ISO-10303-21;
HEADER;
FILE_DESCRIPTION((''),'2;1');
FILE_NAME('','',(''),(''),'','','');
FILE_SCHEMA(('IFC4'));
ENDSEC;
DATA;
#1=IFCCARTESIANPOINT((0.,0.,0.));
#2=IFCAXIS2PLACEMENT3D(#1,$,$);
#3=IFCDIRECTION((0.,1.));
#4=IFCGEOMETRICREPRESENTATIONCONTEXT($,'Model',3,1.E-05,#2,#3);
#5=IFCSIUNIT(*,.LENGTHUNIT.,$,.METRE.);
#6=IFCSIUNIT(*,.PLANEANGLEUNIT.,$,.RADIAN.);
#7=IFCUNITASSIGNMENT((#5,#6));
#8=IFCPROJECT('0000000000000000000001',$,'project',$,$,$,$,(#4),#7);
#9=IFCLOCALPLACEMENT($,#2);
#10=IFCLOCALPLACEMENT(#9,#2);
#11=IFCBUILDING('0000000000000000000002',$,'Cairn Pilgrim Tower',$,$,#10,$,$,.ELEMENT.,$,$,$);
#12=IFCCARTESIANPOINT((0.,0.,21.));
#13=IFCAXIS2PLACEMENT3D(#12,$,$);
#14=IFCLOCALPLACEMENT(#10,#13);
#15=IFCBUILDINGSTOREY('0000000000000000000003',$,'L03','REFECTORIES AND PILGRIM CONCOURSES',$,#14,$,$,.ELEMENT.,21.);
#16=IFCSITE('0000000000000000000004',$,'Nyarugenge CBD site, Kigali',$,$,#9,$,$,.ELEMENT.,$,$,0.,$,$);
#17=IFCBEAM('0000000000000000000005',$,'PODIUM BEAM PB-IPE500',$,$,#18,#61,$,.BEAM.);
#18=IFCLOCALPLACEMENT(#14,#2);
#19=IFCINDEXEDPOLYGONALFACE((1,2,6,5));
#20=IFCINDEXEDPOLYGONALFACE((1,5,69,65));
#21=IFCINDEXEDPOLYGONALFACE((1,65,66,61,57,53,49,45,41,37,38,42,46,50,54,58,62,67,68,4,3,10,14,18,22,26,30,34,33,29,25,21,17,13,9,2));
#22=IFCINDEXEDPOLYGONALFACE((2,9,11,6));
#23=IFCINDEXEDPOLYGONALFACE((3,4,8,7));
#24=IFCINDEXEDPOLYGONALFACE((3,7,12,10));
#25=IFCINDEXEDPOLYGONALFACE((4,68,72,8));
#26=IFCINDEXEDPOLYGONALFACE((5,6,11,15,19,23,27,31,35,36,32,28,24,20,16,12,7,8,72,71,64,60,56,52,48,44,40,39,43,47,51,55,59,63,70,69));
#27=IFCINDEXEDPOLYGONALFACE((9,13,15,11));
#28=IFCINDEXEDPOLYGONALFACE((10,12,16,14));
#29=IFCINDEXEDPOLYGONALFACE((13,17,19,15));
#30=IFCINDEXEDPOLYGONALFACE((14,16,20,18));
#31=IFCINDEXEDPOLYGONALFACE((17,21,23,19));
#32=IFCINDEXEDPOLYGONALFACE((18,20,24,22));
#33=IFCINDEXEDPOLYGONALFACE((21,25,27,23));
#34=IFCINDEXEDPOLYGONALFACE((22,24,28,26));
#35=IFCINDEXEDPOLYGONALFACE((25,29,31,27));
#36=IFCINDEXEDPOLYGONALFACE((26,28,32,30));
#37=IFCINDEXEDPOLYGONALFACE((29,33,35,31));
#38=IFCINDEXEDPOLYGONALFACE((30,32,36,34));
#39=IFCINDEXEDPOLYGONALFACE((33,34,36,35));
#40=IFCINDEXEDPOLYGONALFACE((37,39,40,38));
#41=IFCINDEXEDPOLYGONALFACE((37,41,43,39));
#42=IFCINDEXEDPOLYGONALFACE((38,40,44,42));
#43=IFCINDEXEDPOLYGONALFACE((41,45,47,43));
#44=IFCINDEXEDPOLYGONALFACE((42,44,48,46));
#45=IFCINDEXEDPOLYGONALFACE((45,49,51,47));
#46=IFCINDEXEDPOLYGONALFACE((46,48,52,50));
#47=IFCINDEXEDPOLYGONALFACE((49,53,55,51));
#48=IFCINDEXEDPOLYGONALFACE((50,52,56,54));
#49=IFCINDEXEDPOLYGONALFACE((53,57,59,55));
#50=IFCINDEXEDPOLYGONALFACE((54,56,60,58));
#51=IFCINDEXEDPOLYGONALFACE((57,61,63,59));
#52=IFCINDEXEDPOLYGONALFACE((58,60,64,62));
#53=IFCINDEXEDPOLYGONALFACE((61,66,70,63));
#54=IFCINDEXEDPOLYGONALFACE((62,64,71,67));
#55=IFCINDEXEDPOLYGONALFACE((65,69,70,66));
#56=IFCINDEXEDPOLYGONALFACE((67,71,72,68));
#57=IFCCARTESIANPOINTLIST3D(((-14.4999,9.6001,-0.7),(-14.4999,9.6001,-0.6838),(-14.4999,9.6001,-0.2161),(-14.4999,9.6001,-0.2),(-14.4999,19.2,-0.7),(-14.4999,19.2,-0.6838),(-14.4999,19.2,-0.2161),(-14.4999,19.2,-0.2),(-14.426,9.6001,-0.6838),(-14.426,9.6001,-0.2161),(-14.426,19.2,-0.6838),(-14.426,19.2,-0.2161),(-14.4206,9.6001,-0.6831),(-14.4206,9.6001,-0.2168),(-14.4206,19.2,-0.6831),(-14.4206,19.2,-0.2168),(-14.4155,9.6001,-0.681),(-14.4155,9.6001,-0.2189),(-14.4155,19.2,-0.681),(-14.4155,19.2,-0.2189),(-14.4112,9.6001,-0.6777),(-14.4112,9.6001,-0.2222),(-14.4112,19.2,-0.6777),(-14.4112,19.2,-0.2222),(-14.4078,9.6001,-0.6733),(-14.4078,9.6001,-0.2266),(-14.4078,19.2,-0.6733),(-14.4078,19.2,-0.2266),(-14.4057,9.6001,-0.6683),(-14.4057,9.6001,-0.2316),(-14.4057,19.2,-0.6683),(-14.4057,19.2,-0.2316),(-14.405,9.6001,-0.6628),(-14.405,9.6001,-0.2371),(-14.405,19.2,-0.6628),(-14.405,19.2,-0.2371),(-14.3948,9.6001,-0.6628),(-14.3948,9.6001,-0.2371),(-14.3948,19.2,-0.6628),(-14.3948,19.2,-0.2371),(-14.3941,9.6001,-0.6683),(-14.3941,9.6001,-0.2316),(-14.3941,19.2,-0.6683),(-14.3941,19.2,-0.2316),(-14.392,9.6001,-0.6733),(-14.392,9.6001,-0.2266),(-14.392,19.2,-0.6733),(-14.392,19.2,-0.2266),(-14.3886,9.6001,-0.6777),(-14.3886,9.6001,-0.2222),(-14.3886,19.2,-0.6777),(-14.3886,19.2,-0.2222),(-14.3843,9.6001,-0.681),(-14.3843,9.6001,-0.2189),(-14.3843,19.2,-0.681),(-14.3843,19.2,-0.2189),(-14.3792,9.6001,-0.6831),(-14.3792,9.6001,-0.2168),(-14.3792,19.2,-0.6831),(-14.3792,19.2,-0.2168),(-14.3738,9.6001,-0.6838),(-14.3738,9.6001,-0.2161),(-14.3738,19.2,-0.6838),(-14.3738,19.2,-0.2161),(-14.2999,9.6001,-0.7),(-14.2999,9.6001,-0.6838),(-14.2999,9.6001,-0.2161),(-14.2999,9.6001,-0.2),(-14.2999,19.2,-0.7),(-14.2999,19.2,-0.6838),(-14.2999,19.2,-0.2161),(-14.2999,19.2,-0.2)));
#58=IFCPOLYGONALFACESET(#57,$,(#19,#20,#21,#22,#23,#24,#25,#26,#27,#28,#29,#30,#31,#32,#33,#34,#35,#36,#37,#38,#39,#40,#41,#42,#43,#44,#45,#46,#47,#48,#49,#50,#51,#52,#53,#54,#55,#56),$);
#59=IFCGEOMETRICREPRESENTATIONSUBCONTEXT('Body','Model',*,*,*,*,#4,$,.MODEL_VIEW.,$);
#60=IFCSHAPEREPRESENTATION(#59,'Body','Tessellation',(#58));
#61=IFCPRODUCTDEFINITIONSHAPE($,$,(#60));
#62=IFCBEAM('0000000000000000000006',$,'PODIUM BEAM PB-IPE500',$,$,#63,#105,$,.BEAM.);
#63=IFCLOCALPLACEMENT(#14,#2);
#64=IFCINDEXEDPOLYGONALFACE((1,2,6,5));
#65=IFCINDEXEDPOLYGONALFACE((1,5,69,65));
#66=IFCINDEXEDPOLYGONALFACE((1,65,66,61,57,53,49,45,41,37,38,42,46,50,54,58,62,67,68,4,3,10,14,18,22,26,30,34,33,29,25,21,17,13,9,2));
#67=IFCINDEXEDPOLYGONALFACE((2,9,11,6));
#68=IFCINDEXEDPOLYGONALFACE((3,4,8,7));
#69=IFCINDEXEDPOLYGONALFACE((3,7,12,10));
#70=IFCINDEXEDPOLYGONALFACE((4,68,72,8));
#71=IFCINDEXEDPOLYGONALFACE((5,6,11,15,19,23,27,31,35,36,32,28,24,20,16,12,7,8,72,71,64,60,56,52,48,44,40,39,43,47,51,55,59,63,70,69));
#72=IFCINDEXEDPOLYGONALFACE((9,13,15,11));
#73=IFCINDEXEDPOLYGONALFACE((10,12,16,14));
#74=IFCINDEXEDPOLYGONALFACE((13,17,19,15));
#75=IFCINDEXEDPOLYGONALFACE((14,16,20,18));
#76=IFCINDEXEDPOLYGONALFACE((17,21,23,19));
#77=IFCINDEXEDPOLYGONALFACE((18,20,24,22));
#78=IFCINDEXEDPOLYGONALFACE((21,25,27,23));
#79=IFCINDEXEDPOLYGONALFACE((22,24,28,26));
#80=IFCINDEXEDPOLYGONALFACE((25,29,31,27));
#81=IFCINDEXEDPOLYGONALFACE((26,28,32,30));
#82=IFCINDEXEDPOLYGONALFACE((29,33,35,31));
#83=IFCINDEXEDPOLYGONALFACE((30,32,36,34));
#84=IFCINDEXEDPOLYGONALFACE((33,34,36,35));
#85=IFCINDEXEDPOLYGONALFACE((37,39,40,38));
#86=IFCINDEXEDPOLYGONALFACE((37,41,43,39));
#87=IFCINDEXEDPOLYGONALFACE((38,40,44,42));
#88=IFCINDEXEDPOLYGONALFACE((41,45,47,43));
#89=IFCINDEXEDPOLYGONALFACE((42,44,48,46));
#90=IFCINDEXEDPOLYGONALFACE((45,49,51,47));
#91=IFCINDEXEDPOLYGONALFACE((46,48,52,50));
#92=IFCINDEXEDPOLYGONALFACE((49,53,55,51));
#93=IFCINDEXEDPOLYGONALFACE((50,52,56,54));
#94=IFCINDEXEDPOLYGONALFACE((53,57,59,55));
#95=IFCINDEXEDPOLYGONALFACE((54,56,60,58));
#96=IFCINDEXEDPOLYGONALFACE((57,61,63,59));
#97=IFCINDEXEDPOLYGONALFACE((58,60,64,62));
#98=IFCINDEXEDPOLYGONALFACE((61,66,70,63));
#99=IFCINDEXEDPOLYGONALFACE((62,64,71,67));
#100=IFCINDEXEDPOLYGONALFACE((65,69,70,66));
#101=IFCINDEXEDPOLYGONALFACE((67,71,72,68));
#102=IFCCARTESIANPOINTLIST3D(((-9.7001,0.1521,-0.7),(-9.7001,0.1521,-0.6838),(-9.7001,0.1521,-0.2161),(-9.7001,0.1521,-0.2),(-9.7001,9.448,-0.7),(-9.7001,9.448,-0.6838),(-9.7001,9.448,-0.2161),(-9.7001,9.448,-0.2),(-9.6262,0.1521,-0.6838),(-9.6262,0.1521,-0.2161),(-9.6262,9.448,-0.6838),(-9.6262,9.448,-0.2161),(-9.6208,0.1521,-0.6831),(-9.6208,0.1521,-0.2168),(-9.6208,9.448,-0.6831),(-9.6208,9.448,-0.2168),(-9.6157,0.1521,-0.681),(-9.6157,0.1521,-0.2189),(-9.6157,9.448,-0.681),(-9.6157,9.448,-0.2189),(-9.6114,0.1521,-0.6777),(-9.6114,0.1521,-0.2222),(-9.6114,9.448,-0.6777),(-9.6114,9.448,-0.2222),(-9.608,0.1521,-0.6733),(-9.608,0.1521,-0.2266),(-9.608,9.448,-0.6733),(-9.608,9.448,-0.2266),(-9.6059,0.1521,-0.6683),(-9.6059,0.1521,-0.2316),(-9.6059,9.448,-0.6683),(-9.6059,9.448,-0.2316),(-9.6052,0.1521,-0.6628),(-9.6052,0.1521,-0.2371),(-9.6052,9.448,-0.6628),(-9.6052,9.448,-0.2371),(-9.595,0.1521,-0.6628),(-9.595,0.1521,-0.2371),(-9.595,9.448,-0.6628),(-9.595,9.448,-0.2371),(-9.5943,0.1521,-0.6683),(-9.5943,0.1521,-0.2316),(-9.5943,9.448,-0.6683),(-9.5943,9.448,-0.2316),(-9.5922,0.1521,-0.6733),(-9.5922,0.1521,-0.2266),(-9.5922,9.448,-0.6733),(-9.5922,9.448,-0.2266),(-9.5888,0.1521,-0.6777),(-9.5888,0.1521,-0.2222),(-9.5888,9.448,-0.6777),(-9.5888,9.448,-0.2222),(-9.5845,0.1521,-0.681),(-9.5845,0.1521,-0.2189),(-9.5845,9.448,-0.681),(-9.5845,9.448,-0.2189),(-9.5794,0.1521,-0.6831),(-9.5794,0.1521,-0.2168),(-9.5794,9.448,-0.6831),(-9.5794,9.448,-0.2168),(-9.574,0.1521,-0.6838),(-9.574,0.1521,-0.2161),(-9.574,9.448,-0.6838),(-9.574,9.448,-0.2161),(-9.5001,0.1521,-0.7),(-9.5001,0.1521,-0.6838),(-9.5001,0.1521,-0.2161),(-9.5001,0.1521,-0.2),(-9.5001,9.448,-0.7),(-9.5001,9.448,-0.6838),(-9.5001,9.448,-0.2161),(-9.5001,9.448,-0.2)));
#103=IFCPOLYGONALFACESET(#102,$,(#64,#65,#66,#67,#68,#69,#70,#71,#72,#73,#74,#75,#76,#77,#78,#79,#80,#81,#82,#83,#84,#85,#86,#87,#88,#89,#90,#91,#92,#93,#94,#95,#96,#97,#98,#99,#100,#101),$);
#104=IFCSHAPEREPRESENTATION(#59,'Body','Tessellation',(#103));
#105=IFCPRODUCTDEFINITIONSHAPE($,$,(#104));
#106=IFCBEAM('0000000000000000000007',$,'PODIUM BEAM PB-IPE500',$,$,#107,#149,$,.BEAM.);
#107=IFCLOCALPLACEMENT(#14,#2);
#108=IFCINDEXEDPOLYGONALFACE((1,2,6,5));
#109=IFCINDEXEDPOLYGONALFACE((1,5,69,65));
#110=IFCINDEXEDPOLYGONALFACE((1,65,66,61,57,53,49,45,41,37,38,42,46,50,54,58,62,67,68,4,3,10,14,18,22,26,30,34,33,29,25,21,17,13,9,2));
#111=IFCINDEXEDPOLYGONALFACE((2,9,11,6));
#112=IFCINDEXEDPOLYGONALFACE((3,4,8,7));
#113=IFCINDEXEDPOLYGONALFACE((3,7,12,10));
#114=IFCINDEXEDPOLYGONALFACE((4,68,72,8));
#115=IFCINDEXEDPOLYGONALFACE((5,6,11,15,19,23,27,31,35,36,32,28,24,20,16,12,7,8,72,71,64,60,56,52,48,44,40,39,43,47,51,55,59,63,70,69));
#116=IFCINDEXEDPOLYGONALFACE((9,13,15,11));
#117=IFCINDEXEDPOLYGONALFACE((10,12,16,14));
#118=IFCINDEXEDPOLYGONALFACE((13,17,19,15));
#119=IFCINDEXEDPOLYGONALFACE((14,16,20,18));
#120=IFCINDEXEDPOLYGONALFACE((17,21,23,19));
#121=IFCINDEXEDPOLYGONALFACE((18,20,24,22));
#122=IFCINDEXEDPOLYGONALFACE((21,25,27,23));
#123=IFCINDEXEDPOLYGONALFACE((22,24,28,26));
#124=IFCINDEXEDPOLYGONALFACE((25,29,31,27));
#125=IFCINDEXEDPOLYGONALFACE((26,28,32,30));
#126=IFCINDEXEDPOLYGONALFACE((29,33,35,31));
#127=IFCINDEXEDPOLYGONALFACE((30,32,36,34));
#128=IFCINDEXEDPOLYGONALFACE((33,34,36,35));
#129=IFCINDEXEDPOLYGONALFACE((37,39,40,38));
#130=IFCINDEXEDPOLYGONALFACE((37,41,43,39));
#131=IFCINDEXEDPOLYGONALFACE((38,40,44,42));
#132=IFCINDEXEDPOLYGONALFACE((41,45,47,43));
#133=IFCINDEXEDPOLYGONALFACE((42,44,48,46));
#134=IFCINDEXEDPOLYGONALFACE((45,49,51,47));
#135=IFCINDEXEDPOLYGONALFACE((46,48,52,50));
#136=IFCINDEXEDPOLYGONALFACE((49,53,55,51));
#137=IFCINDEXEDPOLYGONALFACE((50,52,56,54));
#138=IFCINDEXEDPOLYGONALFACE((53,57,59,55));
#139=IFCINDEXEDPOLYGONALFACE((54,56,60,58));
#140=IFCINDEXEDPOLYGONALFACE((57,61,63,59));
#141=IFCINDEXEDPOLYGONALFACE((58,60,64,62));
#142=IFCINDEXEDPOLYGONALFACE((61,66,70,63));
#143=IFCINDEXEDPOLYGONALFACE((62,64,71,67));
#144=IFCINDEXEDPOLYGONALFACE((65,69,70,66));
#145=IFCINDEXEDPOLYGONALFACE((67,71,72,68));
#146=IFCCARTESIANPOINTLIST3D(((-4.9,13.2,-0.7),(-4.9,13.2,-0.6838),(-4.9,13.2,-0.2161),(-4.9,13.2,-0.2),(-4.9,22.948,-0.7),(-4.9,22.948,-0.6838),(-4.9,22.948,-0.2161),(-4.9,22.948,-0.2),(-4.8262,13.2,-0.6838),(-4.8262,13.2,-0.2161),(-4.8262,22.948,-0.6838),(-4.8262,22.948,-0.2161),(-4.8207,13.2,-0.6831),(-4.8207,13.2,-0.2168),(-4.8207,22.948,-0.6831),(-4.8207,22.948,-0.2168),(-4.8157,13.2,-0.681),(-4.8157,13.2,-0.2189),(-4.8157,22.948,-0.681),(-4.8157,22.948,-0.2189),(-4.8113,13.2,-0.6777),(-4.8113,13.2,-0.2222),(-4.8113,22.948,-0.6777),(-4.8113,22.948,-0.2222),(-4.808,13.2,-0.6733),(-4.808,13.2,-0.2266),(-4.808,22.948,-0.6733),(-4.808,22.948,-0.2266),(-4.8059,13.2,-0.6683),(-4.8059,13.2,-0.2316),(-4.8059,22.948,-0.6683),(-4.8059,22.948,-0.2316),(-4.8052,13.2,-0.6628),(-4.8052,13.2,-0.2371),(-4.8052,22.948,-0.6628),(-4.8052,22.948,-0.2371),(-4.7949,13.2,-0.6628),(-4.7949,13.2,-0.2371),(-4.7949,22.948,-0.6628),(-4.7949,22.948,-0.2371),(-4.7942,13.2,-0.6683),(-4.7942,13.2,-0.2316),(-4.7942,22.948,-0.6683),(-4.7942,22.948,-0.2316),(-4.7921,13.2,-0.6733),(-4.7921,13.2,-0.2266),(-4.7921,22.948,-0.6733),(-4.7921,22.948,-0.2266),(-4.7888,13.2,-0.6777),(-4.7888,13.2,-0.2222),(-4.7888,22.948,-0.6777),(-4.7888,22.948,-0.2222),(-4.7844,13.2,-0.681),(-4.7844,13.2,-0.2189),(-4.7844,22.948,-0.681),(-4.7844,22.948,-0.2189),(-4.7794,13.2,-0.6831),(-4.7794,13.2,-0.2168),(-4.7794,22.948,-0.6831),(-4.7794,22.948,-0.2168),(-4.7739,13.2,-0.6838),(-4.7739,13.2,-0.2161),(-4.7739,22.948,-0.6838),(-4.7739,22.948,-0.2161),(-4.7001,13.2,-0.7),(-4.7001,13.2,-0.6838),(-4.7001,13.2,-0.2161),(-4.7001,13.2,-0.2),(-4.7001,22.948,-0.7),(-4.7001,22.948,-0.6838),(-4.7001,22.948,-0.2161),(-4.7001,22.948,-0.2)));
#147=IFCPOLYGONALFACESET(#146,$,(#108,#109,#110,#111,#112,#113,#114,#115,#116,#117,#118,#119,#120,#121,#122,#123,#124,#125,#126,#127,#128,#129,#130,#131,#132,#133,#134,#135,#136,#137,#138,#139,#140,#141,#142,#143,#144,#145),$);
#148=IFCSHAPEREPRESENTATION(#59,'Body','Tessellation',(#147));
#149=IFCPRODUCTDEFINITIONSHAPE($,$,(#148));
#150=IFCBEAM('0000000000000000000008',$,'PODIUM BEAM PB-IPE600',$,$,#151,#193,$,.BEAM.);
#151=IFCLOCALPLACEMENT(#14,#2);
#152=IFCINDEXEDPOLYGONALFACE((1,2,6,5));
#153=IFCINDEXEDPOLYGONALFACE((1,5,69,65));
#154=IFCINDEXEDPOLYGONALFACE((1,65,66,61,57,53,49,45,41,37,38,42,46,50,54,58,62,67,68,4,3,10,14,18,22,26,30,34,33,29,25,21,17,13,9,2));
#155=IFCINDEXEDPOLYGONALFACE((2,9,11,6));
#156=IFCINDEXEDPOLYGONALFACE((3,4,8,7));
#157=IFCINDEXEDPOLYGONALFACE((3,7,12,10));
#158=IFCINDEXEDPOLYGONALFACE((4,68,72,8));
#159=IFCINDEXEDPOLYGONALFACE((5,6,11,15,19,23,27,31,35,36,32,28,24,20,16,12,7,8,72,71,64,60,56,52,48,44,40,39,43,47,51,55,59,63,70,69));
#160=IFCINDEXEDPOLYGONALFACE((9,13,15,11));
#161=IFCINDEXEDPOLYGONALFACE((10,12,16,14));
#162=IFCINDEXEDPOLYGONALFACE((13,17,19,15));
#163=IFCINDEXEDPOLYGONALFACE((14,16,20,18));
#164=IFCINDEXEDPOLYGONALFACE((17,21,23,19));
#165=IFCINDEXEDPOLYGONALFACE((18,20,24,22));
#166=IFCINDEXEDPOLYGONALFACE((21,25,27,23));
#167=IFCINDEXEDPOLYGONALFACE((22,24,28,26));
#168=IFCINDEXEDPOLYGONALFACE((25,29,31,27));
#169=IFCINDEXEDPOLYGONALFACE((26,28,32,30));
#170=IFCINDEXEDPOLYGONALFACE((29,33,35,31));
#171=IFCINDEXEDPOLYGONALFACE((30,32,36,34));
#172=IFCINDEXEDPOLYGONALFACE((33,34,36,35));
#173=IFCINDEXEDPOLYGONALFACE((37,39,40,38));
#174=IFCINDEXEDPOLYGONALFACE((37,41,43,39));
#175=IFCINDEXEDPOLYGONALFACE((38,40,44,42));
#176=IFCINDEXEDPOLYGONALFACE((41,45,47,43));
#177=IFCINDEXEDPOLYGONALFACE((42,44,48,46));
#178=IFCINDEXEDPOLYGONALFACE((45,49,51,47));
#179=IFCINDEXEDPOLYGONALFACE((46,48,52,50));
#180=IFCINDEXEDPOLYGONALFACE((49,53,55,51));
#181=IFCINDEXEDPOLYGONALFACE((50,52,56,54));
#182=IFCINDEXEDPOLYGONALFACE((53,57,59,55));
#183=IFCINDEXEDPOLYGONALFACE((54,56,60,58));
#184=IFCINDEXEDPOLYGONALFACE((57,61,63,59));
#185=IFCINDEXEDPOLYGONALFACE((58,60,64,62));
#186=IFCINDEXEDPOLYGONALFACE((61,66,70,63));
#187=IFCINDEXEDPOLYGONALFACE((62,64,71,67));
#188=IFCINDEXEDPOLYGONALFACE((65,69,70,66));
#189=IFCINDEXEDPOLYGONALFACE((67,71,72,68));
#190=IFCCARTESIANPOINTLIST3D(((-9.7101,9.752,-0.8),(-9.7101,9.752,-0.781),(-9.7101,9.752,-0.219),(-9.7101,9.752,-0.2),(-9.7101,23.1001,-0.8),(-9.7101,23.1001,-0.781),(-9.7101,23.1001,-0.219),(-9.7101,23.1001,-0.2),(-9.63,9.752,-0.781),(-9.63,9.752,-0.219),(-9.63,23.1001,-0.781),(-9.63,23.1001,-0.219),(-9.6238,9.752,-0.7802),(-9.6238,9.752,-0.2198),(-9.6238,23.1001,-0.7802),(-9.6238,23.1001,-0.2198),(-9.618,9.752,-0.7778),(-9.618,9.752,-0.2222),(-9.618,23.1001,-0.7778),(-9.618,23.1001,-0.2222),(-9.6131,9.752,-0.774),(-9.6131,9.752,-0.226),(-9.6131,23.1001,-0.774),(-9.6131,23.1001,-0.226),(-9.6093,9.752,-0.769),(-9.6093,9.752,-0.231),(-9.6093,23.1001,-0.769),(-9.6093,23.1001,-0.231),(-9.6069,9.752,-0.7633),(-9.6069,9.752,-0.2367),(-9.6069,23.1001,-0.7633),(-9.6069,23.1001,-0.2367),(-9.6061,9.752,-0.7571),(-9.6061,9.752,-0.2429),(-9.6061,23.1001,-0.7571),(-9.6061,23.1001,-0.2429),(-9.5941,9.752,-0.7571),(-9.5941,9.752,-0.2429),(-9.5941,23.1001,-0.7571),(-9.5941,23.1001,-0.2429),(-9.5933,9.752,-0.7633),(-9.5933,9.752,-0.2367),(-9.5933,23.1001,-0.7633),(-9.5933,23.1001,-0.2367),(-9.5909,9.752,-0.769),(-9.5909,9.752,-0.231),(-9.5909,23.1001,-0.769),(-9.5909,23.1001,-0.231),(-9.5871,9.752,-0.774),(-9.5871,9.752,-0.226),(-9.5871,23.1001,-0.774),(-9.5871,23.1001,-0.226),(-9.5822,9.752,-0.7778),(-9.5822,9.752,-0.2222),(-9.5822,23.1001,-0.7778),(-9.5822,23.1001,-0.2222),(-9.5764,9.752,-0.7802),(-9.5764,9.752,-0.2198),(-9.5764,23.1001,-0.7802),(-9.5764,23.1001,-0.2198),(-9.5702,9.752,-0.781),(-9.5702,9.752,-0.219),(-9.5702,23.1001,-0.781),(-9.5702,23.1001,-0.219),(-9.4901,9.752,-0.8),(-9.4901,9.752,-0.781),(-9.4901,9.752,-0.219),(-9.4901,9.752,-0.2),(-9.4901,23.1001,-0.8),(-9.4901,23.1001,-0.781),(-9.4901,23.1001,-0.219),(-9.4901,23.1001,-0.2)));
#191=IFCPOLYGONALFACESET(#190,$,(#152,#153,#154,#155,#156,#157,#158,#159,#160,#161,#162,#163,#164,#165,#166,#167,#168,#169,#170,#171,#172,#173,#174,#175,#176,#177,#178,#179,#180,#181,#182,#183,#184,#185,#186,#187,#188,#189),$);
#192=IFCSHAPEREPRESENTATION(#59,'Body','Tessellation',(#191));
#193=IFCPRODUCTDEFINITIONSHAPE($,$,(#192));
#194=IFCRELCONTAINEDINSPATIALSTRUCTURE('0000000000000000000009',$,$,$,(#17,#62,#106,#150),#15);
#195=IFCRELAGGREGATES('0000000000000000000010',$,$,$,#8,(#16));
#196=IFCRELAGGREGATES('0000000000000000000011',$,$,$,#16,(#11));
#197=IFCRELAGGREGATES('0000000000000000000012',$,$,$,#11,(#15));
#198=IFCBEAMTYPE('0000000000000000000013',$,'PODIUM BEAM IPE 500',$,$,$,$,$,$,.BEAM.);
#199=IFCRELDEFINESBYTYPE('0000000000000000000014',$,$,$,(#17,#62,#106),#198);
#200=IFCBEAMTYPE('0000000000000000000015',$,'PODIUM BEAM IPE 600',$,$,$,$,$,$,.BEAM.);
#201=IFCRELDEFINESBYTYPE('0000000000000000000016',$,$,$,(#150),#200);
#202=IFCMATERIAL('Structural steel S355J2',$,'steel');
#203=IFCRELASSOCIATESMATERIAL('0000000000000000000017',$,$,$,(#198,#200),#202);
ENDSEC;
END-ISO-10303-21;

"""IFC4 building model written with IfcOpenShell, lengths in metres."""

from ifc_helpers import new_model, si_unit, direction, frame, origin, origin_2d, place, context, subcontext, project, spatial, i_section, extrude, material, material_profile, profile_set, type_object, element, save


model = new_model("IFC4")

# Units and contexts
model_context = context("Model", 3, precision=1e-05, world=origin(), true_north=direction((0.0, 1.0)))
body_context = subcontext(model_context, "Body", "Model", "MODEL_VIEW")
ifc_project = project(units=[si_unit("LENGTHUNIT", "METRE"), si_unit("PLANEANGLEUNIT", "RADIAN")], contexts=[model_context])

# Site, building, storey
site_placement = place(None, origin())
site = spatial("IfcSite", under=ifc_project, at=site_placement, Name="Nyarugenge CBD site, Kigali", CompositionType="ELEMENT", RefElevation=0.0)
building_placement = place(site_placement, origin())
building = spatial("IfcBuilding", under=site, at=building_placement, Name="Cairn Pilgrim Tower", CompositionType="ELEMENT")
storey_placement = place(building_placement, frame((0.0, 0.0, 21.0)))
storey = spatial("IfcBuildingStorey", under=building, at=storey_placement, Name="L03", Description="REFECTORIES AND PILGRIM CONCOURSES", CompositionType="ELEMENT", Elevation=21.0)

# Beams
ifc_material_1 = material(Name="Structural steel S355J2", Category="steel")
ifc_material_profile_1 = material_profile(ifc_material_1, i_section(OverallWidth=0.2, OverallDepth=0.5, WebThickness=0.0103, FlangeThickness=0.0161, FilletRadius=0.021, at=origin_2d()), Name="IPE 500")
ifc_profile_set_1 = profile_set([ifc_material_profile_1], Name="Structural steel S355J2")
beam_type_1 = type_object("IfcBeamType", Name="PODIUM BEAM IPE 500", PredefinedType="BEAM", material=ifc_profile_set_1)
beam_1_placement = place(storey_placement, frame((-14.3999, 9.6001, -0.45), z_axis=(0.0, 1.0, 0.0), x_axis=(-1.0, 0.0, 0.0)))
element("IfcBeam", 1, at=beam_1_placement, inside=storey, type_object=beam_type_1, Name="PODIUM BEAM PB-IPE500", PredefinedType="BEAM", context=body_context, shape_type="SweptSolid", body=[
    extrude(i_section(OverallWidth=0.2, OverallDepth=0.5, WebThickness=0.0103, FlangeThickness=0.0161, FilletRadius=0.021, at=origin_2d()), origin(), (0.0, 0.0, 1.0), 9.5999),
])
beam_2_placement = place(storey_placement, frame((-9.6001, 0.1521, -0.45), z_axis=(0.0, 1.0, 0.0), x_axis=(-1.0, 0.0, 0.0)))
element("IfcBeam", 2, at=beam_2_placement, inside=storey, type_object=beam_type_1, Name="PODIUM BEAM PB-IPE500", PredefinedType="BEAM", context=body_context, shape_type="SweptSolid", body=[
    extrude(i_section(OverallWidth=0.2, OverallDepth=0.5, WebThickness=0.0103, FlangeThickness=0.0161, FilletRadius=0.021, at=origin_2d()), origin(), (0.0, 0.0, 1.0), 9.2959),
])
beam_3_placement = place(storey_placement, frame((-4.8, 13.2, -0.45), z_axis=(0.0, 1.0, 0.0), x_axis=(-1.0, 0.0, 0.0)))
element("IfcBeam", 3, at=beam_3_placement, inside=storey, type_object=beam_type_1, Name="PODIUM BEAM PB-IPE500", PredefinedType="BEAM", context=body_context, shape_type="SweptSolid", body=[
    extrude(i_section(OverallWidth=0.2, OverallDepth=0.5, WebThickness=0.0103, FlangeThickness=0.0161, FilletRadius=0.021, at=origin_2d()), origin(), (0.0, 0.0, 1.0), 9.748),
])
ifc_material_profile_2 = material_profile(ifc_material_1, i_section(OverallWidth=0.22, OverallDepth=0.6001, WebThickness=0.012, FlangeThickness=0.019, FilletRadius=0.0239, at=origin_2d()), Name="IPE 600")
ifc_profile_set_2 = profile_set([ifc_material_profile_2], Name="Structural steel S355J2")
beam_type_2 = type_object("IfcBeamType", Name="PODIUM BEAM IPE 600", PredefinedType="BEAM", material=ifc_profile_set_2)
beam_4_placement = place(storey_placement, frame((-9.6001, 9.752, -0.5), z_axis=(0.0, 1.0, 0.0), x_axis=(-1.0, 0.0, 0.0)))
element("IfcBeam", 4, at=beam_4_placement, inside=storey, type_object=beam_type_2, Name="PODIUM BEAM PB-IPE600", PredefinedType="BEAM", context=body_context, shape_type="SweptSolid", body=[
    extrude(i_section(OverallWidth=0.22, OverallDepth=0.6001, WebThickness=0.012, FlangeThickness=0.019, FilletRadius=0.0239, at=origin_2d()), origin(), (0.0, 0.0, 1.0), 13.3481),
])

save(model, "model.ifc")
